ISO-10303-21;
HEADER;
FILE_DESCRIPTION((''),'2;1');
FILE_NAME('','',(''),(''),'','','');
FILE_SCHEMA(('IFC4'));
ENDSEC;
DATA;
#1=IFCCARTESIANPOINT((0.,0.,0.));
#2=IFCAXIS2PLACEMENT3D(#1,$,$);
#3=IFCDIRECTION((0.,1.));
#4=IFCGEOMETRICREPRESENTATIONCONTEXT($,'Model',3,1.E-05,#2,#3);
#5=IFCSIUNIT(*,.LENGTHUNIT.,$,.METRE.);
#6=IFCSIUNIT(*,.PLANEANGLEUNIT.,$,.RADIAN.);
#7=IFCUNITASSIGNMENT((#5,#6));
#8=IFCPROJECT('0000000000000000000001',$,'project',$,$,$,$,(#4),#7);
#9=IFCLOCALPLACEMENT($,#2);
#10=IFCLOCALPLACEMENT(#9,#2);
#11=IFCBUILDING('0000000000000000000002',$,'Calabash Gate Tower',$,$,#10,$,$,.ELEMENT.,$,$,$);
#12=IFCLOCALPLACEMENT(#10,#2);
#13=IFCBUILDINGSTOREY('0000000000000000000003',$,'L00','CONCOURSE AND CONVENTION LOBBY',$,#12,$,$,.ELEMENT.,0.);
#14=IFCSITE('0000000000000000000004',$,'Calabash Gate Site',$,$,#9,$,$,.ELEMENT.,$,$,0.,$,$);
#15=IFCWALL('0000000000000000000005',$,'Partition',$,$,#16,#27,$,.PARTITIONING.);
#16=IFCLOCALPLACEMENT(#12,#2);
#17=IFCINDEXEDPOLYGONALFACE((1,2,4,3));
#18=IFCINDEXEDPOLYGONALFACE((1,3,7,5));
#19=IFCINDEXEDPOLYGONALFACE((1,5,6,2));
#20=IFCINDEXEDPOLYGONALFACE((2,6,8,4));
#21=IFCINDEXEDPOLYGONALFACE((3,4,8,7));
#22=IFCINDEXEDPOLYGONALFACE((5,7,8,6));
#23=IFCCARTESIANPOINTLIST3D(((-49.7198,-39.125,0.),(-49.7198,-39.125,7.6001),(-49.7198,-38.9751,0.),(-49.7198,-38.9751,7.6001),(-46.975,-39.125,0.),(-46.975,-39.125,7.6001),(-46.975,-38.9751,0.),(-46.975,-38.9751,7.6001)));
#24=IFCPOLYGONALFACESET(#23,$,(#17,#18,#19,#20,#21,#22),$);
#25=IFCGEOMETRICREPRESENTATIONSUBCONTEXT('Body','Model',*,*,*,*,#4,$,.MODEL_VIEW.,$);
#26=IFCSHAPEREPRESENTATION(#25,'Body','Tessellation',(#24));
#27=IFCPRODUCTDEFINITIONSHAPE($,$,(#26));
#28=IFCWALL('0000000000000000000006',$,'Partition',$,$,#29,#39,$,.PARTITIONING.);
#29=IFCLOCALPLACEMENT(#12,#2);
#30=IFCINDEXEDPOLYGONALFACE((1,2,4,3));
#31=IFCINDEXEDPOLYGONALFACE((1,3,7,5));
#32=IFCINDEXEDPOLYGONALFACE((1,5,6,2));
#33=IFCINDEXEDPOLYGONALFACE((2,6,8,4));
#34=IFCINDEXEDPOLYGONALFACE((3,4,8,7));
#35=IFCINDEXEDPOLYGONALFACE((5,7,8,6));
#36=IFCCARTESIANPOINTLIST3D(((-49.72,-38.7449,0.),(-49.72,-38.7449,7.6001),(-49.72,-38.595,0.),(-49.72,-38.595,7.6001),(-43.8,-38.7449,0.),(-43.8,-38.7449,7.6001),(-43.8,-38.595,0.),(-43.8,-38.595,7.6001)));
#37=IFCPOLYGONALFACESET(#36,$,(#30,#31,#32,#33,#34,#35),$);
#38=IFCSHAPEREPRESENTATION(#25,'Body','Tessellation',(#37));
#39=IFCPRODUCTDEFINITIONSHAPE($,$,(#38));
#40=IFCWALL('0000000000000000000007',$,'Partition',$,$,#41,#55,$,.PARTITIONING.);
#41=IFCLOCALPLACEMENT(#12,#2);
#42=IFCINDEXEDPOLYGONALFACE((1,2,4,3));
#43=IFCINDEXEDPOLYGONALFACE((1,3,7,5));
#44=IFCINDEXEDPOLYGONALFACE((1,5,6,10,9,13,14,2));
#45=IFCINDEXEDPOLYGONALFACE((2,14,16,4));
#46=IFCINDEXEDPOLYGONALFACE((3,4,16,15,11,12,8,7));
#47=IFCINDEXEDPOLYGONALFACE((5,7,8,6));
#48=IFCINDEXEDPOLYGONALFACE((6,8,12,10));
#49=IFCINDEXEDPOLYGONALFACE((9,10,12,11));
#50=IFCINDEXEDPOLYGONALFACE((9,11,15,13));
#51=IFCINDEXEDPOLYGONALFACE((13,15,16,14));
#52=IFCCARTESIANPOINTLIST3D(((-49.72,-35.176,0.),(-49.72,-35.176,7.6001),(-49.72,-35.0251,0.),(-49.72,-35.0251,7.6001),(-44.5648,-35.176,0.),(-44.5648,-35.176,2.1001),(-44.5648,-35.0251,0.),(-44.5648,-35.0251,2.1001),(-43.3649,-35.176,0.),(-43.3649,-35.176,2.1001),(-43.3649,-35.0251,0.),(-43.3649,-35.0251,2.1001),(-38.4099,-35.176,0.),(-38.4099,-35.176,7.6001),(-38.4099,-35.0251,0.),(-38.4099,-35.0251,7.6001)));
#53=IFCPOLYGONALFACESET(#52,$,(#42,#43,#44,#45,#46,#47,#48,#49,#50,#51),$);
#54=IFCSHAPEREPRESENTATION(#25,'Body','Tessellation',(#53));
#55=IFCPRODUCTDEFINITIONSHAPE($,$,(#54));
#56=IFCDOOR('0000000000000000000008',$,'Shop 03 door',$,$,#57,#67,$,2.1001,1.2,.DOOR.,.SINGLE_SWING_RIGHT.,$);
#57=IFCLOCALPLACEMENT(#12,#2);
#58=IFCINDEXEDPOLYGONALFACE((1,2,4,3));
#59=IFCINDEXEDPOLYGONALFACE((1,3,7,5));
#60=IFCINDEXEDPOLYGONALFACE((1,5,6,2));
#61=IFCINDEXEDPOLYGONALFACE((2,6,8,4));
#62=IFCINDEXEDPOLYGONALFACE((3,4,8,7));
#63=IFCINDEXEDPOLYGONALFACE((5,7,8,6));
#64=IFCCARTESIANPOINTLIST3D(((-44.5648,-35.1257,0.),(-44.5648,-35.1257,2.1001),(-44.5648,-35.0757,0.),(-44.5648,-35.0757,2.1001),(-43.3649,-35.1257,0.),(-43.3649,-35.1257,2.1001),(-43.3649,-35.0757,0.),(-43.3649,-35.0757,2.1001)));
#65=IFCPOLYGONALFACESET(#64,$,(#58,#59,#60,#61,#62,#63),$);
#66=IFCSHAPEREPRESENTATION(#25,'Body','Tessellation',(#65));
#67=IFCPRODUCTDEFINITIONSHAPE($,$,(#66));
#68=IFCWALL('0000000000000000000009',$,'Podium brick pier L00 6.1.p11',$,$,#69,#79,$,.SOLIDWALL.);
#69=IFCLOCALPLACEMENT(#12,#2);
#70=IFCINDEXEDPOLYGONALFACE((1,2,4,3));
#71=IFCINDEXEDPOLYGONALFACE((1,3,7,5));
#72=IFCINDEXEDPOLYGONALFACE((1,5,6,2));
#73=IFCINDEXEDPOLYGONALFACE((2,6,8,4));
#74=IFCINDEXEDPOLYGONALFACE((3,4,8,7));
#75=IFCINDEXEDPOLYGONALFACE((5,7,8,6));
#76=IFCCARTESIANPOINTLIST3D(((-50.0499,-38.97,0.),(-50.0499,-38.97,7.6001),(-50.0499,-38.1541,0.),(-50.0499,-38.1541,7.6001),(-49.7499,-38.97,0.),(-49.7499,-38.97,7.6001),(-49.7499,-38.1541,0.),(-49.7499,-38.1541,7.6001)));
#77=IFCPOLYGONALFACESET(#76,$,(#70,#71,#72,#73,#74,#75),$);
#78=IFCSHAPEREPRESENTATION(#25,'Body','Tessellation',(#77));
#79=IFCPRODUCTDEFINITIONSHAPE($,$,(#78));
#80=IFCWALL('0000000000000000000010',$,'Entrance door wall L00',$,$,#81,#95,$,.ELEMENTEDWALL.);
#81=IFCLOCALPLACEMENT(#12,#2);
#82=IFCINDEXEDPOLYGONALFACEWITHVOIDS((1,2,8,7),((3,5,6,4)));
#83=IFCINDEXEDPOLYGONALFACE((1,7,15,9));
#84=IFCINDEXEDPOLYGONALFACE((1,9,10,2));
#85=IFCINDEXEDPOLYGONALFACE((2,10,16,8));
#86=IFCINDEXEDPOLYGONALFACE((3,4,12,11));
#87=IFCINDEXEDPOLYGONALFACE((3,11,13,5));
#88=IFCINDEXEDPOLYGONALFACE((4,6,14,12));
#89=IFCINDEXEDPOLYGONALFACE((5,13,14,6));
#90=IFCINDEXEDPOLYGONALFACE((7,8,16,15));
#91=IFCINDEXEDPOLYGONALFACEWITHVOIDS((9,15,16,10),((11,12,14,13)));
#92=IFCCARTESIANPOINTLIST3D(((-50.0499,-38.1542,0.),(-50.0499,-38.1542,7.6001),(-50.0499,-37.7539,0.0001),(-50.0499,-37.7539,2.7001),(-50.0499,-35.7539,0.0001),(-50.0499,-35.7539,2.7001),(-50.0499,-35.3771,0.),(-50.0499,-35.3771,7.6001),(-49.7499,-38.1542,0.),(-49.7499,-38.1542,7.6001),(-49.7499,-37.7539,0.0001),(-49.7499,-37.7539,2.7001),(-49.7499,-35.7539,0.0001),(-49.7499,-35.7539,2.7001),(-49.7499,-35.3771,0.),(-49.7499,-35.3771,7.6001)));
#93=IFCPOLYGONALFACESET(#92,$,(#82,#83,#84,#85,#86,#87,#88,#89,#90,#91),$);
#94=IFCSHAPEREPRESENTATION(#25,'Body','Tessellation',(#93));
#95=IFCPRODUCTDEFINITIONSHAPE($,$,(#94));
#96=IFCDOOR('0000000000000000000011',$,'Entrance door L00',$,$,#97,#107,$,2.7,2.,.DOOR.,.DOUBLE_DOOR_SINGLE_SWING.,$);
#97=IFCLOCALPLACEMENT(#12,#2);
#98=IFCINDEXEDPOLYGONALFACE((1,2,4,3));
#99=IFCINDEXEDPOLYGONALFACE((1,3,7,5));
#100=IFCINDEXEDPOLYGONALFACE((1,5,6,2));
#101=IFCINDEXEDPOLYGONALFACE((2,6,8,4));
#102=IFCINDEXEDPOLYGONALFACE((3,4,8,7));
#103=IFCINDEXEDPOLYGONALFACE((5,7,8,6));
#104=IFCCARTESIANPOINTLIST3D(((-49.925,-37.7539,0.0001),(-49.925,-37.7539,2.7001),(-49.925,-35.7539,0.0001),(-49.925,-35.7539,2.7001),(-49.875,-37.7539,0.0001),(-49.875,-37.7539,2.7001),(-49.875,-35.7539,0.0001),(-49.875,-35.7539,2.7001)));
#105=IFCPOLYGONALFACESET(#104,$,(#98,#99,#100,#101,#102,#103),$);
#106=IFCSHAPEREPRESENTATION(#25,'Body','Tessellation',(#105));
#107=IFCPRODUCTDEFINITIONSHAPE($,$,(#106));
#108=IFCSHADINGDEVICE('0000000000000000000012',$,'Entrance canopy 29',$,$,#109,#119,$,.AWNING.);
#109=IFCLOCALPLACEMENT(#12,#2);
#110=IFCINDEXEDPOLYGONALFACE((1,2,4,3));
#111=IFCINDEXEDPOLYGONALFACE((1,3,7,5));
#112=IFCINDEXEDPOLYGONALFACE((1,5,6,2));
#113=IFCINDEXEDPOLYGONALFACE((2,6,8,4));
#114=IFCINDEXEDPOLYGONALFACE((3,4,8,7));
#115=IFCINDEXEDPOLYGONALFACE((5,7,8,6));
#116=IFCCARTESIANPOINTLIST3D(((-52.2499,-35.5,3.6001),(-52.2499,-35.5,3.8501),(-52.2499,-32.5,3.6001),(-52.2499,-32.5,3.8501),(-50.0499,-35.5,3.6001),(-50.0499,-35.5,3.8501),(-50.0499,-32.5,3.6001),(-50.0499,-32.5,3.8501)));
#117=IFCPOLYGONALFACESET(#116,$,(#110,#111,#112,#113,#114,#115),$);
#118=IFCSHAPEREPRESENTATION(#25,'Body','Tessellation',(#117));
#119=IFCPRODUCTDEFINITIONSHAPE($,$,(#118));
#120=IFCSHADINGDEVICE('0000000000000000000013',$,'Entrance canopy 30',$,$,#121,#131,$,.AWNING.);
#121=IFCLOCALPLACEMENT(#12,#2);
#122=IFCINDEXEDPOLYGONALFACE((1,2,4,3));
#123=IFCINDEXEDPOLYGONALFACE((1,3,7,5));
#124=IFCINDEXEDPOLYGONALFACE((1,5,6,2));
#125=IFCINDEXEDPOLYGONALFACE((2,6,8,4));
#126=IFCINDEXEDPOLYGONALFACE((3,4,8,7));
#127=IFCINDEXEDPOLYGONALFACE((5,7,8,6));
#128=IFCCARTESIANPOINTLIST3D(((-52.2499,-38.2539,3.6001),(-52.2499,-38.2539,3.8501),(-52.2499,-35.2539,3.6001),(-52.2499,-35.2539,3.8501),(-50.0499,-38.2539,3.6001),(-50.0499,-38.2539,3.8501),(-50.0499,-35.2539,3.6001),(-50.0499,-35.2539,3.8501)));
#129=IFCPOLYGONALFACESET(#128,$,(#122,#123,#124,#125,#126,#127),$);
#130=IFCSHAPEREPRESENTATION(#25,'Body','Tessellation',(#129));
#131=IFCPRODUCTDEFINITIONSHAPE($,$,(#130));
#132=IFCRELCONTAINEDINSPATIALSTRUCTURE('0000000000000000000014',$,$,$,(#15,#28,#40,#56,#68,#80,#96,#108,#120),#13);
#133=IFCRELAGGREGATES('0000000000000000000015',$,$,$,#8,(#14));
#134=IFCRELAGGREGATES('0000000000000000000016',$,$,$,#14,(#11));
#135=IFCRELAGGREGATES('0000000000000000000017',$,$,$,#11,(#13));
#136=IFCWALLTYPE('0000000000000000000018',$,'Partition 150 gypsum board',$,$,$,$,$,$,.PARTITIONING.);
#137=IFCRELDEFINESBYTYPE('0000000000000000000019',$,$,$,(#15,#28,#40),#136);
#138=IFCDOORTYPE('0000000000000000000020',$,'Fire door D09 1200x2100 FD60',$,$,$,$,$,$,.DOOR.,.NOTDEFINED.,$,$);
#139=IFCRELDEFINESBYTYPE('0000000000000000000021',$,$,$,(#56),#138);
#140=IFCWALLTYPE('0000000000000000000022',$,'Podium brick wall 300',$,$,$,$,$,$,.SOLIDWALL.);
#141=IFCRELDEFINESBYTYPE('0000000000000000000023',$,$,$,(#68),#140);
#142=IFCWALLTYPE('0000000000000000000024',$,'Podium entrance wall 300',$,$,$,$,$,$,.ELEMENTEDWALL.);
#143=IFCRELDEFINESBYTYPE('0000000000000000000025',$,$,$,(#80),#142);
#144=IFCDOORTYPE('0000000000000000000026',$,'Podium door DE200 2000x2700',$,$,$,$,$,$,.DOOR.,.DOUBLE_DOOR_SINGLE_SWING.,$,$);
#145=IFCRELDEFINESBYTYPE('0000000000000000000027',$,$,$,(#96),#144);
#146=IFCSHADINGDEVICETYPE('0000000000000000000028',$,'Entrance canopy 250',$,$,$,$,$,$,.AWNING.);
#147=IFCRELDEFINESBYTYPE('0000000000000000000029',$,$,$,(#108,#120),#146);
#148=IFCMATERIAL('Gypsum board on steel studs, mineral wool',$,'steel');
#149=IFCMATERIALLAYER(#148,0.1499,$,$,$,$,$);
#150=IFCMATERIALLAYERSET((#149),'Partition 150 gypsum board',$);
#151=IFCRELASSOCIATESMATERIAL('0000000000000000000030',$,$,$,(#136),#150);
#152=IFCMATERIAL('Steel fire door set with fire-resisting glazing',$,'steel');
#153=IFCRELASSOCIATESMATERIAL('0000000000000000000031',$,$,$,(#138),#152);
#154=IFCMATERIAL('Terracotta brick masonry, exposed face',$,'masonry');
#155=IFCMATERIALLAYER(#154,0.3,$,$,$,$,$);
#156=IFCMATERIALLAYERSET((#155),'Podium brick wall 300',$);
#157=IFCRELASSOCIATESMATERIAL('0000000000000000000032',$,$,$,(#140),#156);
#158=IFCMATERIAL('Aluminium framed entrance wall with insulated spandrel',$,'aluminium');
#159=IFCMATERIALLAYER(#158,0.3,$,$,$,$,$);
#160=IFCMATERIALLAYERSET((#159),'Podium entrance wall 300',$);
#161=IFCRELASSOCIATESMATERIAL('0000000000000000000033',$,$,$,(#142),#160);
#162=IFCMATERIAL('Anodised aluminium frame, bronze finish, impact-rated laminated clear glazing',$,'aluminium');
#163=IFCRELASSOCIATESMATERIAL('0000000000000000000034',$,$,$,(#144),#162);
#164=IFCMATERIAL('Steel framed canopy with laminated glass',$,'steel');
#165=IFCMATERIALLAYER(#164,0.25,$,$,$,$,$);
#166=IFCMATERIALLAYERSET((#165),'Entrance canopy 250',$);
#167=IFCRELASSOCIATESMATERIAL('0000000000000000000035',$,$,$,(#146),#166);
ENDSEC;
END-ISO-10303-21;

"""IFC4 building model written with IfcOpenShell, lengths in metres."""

from ifc_helpers import new_model, si_unit, direction, frame, frame_2d, origin, origin_2d, place, context, subcontext, project, spatial, rectangle, extrude, material, layer, layer_set, type_object, element, fill, save


model = new_model("IFC4")

# Units and contexts
model_context = context("Model", 3, precision=1e-05, world=origin(), true_north=direction((0.0, 1.0)))
body_context = subcontext(model_context, "Body", "Model", "MODEL_VIEW")
ifc_project = project(units=[si_unit("LENGTHUNIT", "METRE"), si_unit("PLANEANGLEUNIT", "RADIAN")], contexts=[model_context])

# Site, building, storey
site_placement = place(None, origin())
site = spatial("IfcSite", under=ifc_project, at=site_placement, Name="Calabash Gate Site", CompositionType="ELEMENT", RefElevation=0.0)
building_placement = place(site_placement, origin())
building = spatial("IfcBuilding", under=site, at=building_placement, Name="Calabash Gate Tower", CompositionType="ELEMENT")
storey_placement = place(building_placement, origin())
storey = spatial("IfcBuildingStorey", under=building, at=storey_placement, Name="L00", Description="CONCOURSE AND CONVENTION LOBBY", CompositionType="ELEMENT", Elevation=0.0)

# Walls
ifc_material_1 = material(Name="Gypsum board on steel studs, mineral wool", Category="steel")
ifc_layer_1 = layer(ifc_material_1, 0.1499)
ifc_layer_set_1 = layer_set([ifc_layer_1], Name="Partition 150 gypsum board")
wall_type_1 = type_object("IfcWallType", Name="Partition 150 gypsum board", PredefinedType="PARTITIONING", material=ifc_layer_set_1)
wall_1_placement = place(storey_placement, frame((-49.72, -39.05, 0.0), z_axis=(0.0, 0.0, 1.0), x_axis=(1.0, 0.0, 0.0)))
element("IfcWall", 1, at=wall_1_placement, inside=storey, type_object=wall_type_1, Name="Partition", PredefinedType="PARTITIONING", context=body_context, shape_type="SweptSolid", body=[
    extrude(rectangle(XDim=2.7449, YDim=0.1499, at=frame_2d((1.3726, 0.0))), origin(), (0.0, 0.0, 1.0), 7.6001),
])
wall_2_placement = place(storey_placement, frame((-49.72, -38.6699, 0.0), z_axis=(0.0, 0.0, 1.0), x_axis=(1.0, 0.0, 0.0)))
element("IfcWall", 2, at=wall_2_placement, inside=storey, type_object=wall_type_1, Name="Partition", PredefinedType="PARTITIONING", context=body_context, shape_type="SweptSolid", body=[
    extrude(rectangle(XDim=5.9199, YDim=0.1499, at=frame_2d((2.96, 0.0))), origin(), (0.0, 0.0, 1.0), 7.6001),
])

# Wall, opening, door
wall_3_placement = place(storey_placement, frame((-49.72, -35.1006, 0.0), z_axis=(0.0, 0.0, 1.0), x_axis=(1.0, 0.0, 0.0)))
wall_3 = element("IfcWall", 3, at=wall_3_placement, inside=storey, type_object=wall_type_1, Name="Partition", PredefinedType="PARTITIONING", context=body_context, shape_type="SweptSolid", body=[
    extrude(rectangle(XDim=11.3101, YDim=0.1509, at=frame_2d((5.655, 0.0))), origin(), (0.0, 0.0, 1.0), 7.6001),
])
opening_1_placement = place(wall_3_placement, frame((5.155, 0.0, 0.0)))
opening_1 = element("IfcOpeningElement", 4, at=opening_1_placement, cuts=wall_3, PredefinedType="OPENING", context=body_context, shape_type="SweptSolid", body=[
    extrude(rectangle(XDim=1.2, YDim=2.1001, at=frame_2d((0.6001, 1.05))), frame((0.0, 0.0854, 0.0), z_axis=(0.0, -1.0, 0.0), x_axis=(1.0, 0.0, 0.0)), (0.0, 0.0, 1.0), 0.1709),
])
ifc_material_2 = material(Name="Steel fire door set with fire-resisting glazing", Category="steel")
door_type_1 = type_object("IfcDoorType", Name="Fire door D09 1200x2100 FD60", OperationType="NOTDEFINED", PredefinedType="DOOR", material=ifc_material_2)
door_1_placement = place(opening_1_placement, origin())
door_1 = element("IfcDoor", 5, at=door_1_placement, inside=storey, type_object=door_type_1, Name="Shop 03 door", OperationType="SINGLE_SWING_RIGHT", OverallHeight=2.1001, OverallWidth=1.2, PredefinedType="DOOR", context=body_context, shape_type="SweptSolid", body=[
    extrude(rectangle(XDim=1.2, YDim=2.1001, at=frame_2d((0.6001, 1.05))), frame((0.0, 0.0249, 0.0), z_axis=(0.0, -1.0, 0.0), x_axis=(1.0, 0.0, 0.0)), (0.0, 0.0, 1.0), 0.05),
])
fill(opening_1, door_1)

# Wall
ifc_material_3 = material(Name="Terracotta brick masonry, exposed face", Category="masonry")
ifc_layer_2 = layer(ifc_material_3, 0.3)
ifc_layer_set_2 = layer_set([ifc_layer_2], Name="Podium brick wall 300")
wall_type_2 = type_object("IfcWallType", Name="Podium brick wall 300", PredefinedType="SOLIDWALL", material=ifc_layer_set_2)
wall_4_placement = place(storey_placement, frame((-49.8999, -38.1541, 0.0), z_axis=(0.0, 0.0, 1.0), x_axis=(0.0, -1.0, 0.0)))
element("IfcWall", 6, at=wall_4_placement, inside=storey, type_object=wall_type_2, Name="Podium brick pier L00 6.1.p11", PredefinedType="SOLIDWALL", context=body_context, shape_type="SweptSolid", body=[
    extrude(rectangle(XDim=0.8159, YDim=0.3, at=frame_2d((0.408, 0.0))), origin(), (0.0, 0.0, 1.0), 7.6001),
])

# Wall, opening, door
ifc_material_4 = material(Name="Aluminium framed entrance wall with insulated spandrel", Category="aluminium")
ifc_layer_3 = layer(ifc_material_4, 0.3)
ifc_layer_set_3 = layer_set([ifc_layer_3], Name="Podium entrance wall 300")
wall_type_3 = type_object("IfcWallType", Name="Podium entrance wall 300", PredefinedType="ELEMENTEDWALL", material=ifc_layer_set_3)
wall_5_placement = place(storey_placement, frame((-49.8999, -35.377, 0.0), z_axis=(0.0, 0.0, 1.0), x_axis=(0.0, -1.0, 0.0)))
wall_5 = element("IfcWall", 7, at=wall_5_placement, inside=storey, type_object=wall_type_3, Name="Entrance door wall L00", PredefinedType="ELEMENTEDWALL", context=body_context, shape_type="SweptSolid", body=[
    extrude(rectangle(XDim=2.7771, YDim=0.3, at=frame_2d((1.3887, 0.0))), origin(), (0.0, 0.0, 1.0), 7.6001),
])
opening_2_placement = place(wall_5_placement, frame((0.377, 0.0, 0.0)))
opening_2 = element("IfcOpeningElement", 8, at=opening_2_placement, cuts=wall_5, PredefinedType="OPENING", context=body_context, shape_type="SweptSolid", body=[
    extrude(rectangle(XDim=2.0, YDim=2.7, at=frame_2d((1.0, 1.3501))), frame((0.0, 0.1599, 0.0), z_axis=(0.0, -1.0, 0.0), x_axis=(1.0, 0.0, 0.0)), (0.0, 0.0, 1.0), 0.3201),
])
ifc_material_5 = material(Name="Anodised aluminium frame, bronze finish, impact-rated laminated clear glazing", Category="aluminium")
door_type_2 = type_object("IfcDoorType", Name="Podium door DE200 2000x2700", OperationType="DOUBLE_DOOR_SINGLE_SWING", PredefinedType="DOOR", material=ifc_material_5)
door_2_placement = place(opening_2_placement, origin())
door_2 = element("IfcDoor", 9, at=door_2_placement, inside=storey, type_object=door_type_2, Name="Entrance door L00", OperationType="DOUBLE_DOOR_SINGLE_SWING", OverallHeight=2.7, OverallWidth=2.0, PredefinedType="DOOR", context=body_context, shape_type="SweptSolid", body=[
    extrude(rectangle(XDim=2.0, YDim=2.7, at=frame_2d((1.0, 1.3501))), frame((0.0, 0.0249, 0.0), z_axis=(0.0, -1.0, 0.0), x_axis=(1.0, 0.0, 0.0)), (0.0, 0.0, 1.0), 0.05),
])
fill(opening_2, door_2)

# Shading devices
ifc_material_6 = material(Name="Steel framed canopy with laminated glass", Category="steel")
ifc_layer_4 = layer(ifc_material_6, 0.25)
ifc_layer_set_4 = layer_set([ifc_layer_4], Name="Entrance canopy 250")
shading_device_type = type_object("IfcShadingDeviceType", Name="Entrance canopy 250", PredefinedType="AWNING", material=ifc_layer_set_4)
for number, where, z_axis, x_axis, name in (
    (10, (-51.1499, -34.0, 3.6001), (0.0, 0.0, 1.0), (0.0, -1.0, 0.0), "Entrance canopy 29"),
    (11, (-51.1499, -36.7539, 3.6001), (0.0, 0.0, 1.0), (0.0, -1.0, 0.0), "Entrance canopy 30"),
):
    element("IfcShadingDevice", number, at=place(storey_placement, frame(where, z_axis=z_axis, x_axis=x_axis)), inside=storey, type_object=shading_device_type, Name=name, PredefinedType="AWNING", context=body_context, shape_type="SweptSolid", body=[
        extrude(rectangle(XDim=3.0, YDim=2.2, at=origin_2d()), origin(), (0.0, 0.0, 1.0), 0.25),
    ])

save(model, "model.ifc")
